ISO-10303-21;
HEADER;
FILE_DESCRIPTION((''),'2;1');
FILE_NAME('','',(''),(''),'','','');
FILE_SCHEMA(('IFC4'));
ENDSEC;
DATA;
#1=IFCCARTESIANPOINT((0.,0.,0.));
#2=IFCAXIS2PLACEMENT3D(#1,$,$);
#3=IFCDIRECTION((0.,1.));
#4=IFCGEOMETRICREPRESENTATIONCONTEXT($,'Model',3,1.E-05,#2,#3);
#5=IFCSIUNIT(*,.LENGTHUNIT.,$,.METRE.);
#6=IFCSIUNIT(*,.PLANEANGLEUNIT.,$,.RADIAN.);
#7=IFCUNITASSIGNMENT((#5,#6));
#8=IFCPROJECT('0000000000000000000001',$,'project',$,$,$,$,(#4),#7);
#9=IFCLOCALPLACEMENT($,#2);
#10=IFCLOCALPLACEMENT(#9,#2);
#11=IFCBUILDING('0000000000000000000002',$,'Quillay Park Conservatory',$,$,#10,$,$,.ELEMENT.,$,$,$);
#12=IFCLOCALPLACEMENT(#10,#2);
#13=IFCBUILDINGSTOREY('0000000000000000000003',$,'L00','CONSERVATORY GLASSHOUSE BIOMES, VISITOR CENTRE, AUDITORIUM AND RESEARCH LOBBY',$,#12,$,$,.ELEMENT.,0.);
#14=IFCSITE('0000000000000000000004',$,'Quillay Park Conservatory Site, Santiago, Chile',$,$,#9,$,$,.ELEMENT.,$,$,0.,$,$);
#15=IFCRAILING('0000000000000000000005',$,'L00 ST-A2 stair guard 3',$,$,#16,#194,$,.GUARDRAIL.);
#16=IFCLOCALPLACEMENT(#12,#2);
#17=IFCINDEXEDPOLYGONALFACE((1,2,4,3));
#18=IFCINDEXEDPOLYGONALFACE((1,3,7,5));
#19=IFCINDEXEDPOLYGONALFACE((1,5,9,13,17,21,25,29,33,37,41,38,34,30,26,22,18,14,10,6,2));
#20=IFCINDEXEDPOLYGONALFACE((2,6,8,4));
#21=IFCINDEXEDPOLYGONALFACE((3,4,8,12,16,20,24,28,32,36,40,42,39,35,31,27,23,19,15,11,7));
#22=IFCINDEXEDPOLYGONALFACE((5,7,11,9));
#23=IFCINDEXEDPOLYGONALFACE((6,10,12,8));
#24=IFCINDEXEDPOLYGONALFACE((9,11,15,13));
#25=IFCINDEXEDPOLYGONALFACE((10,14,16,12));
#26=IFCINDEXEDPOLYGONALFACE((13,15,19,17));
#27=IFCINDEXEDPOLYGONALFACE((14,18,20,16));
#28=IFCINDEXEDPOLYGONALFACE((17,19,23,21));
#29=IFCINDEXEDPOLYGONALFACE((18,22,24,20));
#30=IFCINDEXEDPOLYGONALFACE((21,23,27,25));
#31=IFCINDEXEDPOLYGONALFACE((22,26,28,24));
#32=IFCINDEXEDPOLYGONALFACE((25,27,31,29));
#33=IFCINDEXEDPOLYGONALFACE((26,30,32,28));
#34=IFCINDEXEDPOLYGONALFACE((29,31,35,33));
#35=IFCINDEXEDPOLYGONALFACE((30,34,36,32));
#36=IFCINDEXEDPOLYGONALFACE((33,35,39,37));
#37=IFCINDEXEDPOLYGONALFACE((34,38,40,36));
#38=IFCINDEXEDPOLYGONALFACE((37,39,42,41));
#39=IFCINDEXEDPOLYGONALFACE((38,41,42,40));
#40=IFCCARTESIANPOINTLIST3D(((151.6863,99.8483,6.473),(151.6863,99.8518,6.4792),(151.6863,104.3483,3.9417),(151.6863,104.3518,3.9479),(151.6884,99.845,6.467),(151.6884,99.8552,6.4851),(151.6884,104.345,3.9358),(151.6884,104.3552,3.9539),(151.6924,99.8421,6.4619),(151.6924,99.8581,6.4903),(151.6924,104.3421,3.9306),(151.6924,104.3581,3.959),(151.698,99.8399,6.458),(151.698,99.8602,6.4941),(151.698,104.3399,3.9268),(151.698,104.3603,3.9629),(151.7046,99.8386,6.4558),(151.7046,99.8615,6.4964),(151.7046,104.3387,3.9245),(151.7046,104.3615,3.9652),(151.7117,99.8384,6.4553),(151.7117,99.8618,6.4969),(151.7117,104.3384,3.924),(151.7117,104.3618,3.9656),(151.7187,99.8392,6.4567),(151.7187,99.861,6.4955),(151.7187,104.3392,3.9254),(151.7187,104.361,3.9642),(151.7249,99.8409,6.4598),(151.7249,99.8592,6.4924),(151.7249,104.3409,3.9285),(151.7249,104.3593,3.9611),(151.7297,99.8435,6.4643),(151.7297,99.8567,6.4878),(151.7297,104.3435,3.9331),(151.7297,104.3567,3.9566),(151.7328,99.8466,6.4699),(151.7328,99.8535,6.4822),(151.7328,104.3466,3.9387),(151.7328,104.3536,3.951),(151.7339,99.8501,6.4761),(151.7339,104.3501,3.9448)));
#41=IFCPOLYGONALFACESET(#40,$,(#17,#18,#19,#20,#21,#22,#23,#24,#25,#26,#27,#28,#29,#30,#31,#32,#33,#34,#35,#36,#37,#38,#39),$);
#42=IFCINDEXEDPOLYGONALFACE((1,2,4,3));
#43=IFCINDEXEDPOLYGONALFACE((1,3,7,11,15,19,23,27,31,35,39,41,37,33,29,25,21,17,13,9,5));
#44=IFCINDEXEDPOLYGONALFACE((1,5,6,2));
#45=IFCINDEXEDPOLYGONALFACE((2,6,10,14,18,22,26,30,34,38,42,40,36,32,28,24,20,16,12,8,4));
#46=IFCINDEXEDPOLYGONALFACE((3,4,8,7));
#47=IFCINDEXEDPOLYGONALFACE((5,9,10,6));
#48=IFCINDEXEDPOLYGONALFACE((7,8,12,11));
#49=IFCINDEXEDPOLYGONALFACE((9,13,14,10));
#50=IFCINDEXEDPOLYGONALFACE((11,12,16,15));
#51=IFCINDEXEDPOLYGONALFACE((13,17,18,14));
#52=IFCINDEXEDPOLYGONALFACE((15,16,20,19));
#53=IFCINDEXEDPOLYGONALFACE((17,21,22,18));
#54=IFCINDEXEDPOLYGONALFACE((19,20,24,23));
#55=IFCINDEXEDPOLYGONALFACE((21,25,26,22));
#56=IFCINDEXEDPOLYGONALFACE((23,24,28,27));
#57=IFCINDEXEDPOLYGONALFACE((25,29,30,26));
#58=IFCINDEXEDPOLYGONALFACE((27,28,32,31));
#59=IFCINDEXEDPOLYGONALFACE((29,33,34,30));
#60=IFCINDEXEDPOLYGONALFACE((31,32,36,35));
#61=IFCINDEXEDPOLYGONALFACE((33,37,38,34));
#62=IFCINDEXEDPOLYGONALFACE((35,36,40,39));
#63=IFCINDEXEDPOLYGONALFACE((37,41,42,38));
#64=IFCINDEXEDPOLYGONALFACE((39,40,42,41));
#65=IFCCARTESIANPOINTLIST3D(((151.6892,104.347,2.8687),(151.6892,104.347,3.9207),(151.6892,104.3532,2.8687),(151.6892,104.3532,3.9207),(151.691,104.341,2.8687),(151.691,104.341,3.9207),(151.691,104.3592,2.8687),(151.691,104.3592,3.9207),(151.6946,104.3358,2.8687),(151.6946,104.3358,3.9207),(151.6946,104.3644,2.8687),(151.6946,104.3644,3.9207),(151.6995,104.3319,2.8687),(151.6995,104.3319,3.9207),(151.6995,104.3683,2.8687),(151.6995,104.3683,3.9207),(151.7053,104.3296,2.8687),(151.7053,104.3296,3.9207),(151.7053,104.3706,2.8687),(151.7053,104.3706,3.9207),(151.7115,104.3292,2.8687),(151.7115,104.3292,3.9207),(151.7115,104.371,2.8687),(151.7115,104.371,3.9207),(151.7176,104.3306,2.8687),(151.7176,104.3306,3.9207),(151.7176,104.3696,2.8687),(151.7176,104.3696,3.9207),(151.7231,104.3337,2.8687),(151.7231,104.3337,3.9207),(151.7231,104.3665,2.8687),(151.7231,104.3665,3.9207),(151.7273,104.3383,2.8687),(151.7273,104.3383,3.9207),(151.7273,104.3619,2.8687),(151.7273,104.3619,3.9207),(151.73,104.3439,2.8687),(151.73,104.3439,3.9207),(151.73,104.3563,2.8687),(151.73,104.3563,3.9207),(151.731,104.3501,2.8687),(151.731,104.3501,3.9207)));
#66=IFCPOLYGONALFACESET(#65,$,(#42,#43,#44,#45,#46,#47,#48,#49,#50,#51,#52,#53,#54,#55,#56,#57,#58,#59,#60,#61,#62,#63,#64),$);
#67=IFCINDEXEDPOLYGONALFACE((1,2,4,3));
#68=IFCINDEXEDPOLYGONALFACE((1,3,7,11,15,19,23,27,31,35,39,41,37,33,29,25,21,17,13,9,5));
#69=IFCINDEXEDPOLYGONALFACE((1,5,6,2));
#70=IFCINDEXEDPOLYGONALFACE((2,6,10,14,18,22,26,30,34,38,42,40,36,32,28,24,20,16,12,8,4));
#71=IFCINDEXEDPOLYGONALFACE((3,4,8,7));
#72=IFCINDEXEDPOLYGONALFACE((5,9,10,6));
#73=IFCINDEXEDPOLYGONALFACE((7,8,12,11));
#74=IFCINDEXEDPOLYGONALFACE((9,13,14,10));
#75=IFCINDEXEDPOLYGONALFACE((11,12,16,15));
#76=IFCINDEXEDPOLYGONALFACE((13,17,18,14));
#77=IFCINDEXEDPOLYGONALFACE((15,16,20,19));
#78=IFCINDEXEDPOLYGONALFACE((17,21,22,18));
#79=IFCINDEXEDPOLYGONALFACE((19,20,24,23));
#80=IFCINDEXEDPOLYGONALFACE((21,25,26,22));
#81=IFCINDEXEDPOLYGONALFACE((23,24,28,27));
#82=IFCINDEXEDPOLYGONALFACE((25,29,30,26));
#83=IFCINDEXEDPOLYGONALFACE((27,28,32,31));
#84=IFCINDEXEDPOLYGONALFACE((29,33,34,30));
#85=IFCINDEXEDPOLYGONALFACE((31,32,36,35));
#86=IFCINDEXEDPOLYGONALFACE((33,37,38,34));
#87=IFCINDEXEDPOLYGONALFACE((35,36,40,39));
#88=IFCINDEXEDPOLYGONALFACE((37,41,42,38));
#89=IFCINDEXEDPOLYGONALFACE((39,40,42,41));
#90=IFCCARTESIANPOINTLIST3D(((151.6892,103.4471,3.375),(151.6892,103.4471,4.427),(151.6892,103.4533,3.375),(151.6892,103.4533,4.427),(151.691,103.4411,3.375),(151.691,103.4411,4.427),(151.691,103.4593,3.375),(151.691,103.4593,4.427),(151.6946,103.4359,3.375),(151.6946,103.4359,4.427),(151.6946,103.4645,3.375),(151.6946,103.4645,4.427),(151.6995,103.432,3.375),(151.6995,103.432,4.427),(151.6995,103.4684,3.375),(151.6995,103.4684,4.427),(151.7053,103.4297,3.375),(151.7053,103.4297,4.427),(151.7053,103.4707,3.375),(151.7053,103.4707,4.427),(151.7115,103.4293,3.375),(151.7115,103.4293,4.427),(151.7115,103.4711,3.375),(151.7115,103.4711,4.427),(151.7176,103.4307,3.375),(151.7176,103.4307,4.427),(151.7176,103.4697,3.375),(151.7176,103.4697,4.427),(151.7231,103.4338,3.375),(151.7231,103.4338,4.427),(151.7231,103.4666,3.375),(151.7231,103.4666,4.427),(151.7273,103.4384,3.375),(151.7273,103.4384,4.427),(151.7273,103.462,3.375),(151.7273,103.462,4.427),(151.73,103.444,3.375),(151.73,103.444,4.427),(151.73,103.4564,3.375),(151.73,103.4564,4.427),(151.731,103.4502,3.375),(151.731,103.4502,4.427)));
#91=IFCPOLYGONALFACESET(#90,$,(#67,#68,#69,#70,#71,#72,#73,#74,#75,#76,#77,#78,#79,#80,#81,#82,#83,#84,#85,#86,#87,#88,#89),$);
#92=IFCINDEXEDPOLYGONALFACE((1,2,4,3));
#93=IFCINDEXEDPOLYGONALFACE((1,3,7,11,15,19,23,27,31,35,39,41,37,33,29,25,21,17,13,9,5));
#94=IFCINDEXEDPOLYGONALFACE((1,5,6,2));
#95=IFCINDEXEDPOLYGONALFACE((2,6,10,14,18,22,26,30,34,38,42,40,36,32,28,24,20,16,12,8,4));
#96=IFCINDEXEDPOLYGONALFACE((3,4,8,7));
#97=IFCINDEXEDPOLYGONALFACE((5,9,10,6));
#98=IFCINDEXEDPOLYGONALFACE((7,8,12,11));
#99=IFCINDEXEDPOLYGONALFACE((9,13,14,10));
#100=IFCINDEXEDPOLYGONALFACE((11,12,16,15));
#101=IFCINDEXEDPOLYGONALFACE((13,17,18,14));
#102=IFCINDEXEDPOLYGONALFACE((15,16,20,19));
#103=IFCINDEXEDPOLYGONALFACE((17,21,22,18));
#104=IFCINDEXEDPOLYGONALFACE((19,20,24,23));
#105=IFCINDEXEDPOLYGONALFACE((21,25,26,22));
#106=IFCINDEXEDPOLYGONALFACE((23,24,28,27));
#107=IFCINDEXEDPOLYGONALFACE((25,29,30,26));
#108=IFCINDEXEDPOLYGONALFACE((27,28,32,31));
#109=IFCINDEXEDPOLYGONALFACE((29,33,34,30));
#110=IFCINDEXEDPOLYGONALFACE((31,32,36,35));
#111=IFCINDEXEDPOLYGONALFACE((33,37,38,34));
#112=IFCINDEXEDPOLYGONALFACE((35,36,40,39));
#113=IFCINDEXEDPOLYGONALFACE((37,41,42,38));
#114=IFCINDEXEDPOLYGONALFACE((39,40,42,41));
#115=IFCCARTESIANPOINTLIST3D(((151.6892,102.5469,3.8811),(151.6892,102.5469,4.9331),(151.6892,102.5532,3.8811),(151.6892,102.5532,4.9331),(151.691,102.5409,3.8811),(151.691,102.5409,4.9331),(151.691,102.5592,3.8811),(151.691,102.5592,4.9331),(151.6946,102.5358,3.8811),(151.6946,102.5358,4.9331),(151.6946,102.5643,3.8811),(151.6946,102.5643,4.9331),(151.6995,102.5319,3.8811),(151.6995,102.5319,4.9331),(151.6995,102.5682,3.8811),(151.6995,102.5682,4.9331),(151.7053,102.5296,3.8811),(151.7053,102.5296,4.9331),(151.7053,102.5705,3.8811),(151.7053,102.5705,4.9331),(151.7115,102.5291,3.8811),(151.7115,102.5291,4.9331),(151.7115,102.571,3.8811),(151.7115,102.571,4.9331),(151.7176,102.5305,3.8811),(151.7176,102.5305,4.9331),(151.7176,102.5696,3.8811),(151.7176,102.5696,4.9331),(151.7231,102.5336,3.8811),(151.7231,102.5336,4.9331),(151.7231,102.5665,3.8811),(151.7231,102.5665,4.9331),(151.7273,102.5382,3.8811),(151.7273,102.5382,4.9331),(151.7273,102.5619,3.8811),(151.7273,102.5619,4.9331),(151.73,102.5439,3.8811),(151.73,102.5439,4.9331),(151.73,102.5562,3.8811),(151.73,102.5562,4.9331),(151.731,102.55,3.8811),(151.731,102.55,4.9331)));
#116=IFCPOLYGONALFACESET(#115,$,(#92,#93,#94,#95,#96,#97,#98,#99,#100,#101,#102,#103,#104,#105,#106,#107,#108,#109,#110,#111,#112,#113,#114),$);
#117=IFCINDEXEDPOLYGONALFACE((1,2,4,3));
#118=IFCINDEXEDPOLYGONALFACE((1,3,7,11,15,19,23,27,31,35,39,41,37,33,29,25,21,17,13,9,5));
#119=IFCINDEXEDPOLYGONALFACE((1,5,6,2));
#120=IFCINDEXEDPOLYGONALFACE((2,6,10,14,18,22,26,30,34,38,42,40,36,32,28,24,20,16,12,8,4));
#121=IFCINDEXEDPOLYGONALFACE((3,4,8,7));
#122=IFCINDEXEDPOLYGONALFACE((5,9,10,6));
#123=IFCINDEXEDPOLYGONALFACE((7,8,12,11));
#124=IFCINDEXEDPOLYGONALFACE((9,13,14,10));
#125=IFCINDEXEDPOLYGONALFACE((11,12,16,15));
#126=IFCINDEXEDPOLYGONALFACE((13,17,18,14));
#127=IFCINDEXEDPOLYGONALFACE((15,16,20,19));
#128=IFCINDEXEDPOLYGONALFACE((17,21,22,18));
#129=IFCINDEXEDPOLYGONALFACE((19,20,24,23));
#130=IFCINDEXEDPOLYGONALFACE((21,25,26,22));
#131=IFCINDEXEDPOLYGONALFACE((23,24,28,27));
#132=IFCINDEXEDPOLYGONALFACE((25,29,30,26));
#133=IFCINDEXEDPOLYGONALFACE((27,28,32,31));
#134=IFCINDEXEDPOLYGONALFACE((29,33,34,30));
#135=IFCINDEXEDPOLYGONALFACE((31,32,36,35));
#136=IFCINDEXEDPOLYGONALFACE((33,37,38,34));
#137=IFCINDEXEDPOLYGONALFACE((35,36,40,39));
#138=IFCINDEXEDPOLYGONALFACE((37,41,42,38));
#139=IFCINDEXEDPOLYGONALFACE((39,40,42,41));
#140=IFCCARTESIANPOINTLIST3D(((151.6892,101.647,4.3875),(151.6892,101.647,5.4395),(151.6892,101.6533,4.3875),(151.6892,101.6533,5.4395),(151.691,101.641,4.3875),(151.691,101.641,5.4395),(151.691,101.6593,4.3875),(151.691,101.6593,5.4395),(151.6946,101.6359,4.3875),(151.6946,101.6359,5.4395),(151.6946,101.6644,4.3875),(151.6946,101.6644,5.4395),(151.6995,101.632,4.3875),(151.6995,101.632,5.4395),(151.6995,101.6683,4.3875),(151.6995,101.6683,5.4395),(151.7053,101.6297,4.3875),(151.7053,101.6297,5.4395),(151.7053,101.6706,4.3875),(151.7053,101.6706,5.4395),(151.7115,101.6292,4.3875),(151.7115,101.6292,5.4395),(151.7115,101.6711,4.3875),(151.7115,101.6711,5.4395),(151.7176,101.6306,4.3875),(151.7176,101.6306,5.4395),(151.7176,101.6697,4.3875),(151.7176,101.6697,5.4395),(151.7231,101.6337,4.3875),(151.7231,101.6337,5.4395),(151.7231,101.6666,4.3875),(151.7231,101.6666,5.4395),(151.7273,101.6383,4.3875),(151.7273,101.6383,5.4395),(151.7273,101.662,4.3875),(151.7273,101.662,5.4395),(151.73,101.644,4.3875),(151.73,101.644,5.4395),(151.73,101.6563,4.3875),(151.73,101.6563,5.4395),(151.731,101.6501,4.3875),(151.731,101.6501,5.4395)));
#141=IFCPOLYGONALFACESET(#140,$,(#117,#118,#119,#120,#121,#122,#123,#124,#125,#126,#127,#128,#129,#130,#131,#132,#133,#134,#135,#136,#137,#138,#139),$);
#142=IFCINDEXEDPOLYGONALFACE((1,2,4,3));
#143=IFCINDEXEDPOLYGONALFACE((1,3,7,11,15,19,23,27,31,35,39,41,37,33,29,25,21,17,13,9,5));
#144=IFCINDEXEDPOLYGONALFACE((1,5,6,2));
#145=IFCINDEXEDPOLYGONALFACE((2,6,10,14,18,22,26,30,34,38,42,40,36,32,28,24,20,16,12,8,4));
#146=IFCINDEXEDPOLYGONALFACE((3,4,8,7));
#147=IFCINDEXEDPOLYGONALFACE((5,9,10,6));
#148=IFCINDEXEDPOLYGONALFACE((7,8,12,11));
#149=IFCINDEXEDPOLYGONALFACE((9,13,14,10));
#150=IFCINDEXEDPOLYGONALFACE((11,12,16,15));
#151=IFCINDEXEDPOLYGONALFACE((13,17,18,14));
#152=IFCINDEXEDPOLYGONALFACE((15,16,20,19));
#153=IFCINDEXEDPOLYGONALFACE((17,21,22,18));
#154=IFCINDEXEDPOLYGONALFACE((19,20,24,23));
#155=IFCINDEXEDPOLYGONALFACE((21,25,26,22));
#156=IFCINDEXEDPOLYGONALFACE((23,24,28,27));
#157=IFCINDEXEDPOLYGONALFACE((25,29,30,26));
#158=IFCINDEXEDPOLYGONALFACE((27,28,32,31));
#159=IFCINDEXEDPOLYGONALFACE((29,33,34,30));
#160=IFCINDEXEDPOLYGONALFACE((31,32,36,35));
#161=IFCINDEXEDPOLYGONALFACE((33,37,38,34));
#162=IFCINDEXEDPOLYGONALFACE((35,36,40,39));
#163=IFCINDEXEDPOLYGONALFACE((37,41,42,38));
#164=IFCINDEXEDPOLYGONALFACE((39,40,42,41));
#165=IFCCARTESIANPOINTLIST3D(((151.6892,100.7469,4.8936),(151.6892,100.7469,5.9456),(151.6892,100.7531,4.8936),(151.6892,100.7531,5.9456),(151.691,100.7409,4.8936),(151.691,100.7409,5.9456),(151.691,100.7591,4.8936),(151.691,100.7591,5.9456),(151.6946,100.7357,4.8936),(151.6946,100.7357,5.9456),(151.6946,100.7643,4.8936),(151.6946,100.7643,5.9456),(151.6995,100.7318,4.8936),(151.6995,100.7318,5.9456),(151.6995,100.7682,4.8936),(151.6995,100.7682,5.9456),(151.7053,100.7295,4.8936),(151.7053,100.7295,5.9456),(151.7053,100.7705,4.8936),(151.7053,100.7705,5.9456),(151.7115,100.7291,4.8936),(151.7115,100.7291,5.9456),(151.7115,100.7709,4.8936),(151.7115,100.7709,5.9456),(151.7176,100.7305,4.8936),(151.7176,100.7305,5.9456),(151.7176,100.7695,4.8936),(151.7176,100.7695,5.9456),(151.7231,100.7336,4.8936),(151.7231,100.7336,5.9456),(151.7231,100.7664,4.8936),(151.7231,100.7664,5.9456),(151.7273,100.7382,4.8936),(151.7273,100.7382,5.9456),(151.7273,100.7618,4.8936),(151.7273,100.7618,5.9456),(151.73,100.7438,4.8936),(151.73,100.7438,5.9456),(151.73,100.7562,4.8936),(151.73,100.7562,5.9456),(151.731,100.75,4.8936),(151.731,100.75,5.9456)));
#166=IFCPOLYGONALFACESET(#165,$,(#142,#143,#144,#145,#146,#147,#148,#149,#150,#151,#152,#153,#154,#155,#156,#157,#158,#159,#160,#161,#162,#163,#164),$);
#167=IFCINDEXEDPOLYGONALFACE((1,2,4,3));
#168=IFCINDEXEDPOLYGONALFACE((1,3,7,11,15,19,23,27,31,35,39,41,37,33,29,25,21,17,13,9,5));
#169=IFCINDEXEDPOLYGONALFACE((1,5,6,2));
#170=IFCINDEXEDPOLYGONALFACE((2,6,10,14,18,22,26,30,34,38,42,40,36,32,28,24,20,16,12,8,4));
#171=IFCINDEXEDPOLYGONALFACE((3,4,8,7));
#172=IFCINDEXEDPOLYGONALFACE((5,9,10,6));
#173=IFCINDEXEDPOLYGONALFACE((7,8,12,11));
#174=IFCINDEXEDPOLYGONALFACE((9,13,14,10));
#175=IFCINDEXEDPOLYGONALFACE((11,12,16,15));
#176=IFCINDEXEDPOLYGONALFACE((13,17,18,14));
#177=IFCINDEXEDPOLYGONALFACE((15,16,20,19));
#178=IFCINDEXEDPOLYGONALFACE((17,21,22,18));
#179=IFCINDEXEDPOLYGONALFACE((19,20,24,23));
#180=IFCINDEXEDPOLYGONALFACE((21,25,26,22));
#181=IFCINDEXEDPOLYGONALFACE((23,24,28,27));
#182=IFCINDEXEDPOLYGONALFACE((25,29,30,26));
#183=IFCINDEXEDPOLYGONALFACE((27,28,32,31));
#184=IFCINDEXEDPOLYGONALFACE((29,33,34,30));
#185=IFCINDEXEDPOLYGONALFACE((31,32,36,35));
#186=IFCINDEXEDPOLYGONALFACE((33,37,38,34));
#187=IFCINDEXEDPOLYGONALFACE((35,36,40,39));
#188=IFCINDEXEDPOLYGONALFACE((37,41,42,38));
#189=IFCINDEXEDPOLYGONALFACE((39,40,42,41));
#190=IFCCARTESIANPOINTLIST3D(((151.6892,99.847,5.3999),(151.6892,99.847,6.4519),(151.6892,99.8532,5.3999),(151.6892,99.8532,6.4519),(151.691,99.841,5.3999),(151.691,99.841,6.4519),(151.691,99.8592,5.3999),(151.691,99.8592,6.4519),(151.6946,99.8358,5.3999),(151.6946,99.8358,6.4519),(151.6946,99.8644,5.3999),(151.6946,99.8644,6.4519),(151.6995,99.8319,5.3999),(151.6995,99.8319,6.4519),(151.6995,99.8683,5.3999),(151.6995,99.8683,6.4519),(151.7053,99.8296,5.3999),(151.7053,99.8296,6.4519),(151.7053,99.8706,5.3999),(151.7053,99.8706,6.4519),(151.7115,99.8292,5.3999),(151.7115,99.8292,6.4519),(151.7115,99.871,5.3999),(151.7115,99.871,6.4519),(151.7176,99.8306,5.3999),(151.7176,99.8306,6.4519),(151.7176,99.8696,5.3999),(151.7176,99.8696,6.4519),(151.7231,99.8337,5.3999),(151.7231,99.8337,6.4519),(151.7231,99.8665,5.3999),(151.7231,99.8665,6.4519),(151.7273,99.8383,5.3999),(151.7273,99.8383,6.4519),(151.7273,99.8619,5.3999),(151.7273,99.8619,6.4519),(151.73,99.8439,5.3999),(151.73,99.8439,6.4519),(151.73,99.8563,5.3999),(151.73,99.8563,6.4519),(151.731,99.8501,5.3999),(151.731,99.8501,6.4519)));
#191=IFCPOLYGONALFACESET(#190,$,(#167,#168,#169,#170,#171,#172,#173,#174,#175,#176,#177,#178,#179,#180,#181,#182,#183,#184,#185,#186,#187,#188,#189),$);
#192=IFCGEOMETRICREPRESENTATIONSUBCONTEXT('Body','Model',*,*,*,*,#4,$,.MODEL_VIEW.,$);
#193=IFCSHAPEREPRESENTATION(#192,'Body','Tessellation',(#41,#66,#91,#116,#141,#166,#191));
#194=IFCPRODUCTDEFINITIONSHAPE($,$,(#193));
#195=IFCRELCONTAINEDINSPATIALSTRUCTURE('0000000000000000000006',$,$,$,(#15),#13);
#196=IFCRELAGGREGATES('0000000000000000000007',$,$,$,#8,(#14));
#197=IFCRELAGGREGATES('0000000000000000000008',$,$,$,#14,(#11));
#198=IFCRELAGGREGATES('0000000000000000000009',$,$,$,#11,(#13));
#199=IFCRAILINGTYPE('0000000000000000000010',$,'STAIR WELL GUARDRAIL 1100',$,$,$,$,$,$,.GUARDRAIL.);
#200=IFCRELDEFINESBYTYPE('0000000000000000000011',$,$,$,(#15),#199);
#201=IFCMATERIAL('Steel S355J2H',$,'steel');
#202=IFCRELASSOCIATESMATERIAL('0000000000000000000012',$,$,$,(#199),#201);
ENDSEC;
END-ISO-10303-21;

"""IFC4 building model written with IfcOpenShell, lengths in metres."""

from ifc_helpers import new_model, si_unit, direction, frame, origin, origin_2d, place, context, subcontext, project, spatial, circle, extrude, material, type_object, element, save


model = new_model("IFC4")

# Units and contexts
model_context = context("Model", 3, precision=1e-05, world=origin(), true_north=direction((0.0, 1.0)))
body_context = subcontext(model_context, "Body", "Model", "MODEL_VIEW")
ifc_project = project(units=[si_unit("LENGTHUNIT", "METRE"), si_unit("PLANEANGLEUNIT", "RADIAN")], contexts=[model_context])

# Site, building, storey
site_placement = place(None, origin())
site = spatial("IfcSite", under=ifc_project, at=site_placement, Name="Quillay Park Conservatory Site, Santiago, Chile", CompositionType="ELEMENT", RefElevation=0.0)
building_placement = place(site_placement, origin())
building = spatial("IfcBuilding", under=site, at=building_placement, Name="Quillay Park Conservatory", CompositionType="ELEMENT")
storey_placement = place(building_placement, origin())
storey = spatial("IfcBuildingStorey", under=building, at=storey_placement, Name="L00", Description="CONSERVATORY GLASSHOUSE BIOMES, VISITOR CENTRE, AUDITORIUM AND RESEARCH LOBBY", CompositionType="ELEMENT", Elevation=0.0)

# Railing
ifc_material_1 = material(Name="Steel S355J2H", Category="steel")
railing_type_1 = type_object("IfcRailingType", Name="STAIR WELL GUARDRAIL 1100", PredefinedType="GUARDRAIL", material=ifc_material_1)
railing_1_placement = place(storey_placement, frame((151.71, 104.3501, 2.8687)))
element("IfcRailing", 1, at=railing_1_placement, inside=storey, type_object=railing_type_1, Name="L00 ST-A2 stair guard 3", PredefinedType="GUARDRAIL", context=body_context, shape_type="SweptSolid", body=[
    extrude(circle(Radius=0.0239, at=origin_2d()), frame((0.0, 0.0, 1.0762), z_axis=(0.0, -0.871576, 0.490261), x_axis=(1.0, 0.0, 0.0)), (0.0, 0.0, 1.0), 5.1631),
    extrude(circle(Radius=0.021, at=origin_2d()), origin(), (0.0, 0.0, 1.0), 1.052),
    extrude(circle(Radius=0.021, at=origin_2d()), frame((0.0, -0.8999, 0.5063)), (0.0, 0.0, 1.0), 1.052),
    extrude(circle(Radius=0.021, at=origin_2d()), frame((0.0, -1.8, 1.0125)), (0.0, 0.0, 1.0), 1.052),
    extrude(circle(Radius=0.021, at=origin_2d()), frame((0.0, -2.7, 1.5188)), (0.0, 0.0, 1.0), 1.052),
    extrude(circle(Radius=0.021, at=origin_2d()), frame((0.0, -3.6001, 2.0249)), (0.0, 0.0, 1.0), 1.052),
    extrude(circle(Radius=0.021, at=origin_2d()), frame((0.0, -4.5, 2.5312)), (0.0, 0.0, 1.0), 1.052),
])

save(model, "model.ifc")
